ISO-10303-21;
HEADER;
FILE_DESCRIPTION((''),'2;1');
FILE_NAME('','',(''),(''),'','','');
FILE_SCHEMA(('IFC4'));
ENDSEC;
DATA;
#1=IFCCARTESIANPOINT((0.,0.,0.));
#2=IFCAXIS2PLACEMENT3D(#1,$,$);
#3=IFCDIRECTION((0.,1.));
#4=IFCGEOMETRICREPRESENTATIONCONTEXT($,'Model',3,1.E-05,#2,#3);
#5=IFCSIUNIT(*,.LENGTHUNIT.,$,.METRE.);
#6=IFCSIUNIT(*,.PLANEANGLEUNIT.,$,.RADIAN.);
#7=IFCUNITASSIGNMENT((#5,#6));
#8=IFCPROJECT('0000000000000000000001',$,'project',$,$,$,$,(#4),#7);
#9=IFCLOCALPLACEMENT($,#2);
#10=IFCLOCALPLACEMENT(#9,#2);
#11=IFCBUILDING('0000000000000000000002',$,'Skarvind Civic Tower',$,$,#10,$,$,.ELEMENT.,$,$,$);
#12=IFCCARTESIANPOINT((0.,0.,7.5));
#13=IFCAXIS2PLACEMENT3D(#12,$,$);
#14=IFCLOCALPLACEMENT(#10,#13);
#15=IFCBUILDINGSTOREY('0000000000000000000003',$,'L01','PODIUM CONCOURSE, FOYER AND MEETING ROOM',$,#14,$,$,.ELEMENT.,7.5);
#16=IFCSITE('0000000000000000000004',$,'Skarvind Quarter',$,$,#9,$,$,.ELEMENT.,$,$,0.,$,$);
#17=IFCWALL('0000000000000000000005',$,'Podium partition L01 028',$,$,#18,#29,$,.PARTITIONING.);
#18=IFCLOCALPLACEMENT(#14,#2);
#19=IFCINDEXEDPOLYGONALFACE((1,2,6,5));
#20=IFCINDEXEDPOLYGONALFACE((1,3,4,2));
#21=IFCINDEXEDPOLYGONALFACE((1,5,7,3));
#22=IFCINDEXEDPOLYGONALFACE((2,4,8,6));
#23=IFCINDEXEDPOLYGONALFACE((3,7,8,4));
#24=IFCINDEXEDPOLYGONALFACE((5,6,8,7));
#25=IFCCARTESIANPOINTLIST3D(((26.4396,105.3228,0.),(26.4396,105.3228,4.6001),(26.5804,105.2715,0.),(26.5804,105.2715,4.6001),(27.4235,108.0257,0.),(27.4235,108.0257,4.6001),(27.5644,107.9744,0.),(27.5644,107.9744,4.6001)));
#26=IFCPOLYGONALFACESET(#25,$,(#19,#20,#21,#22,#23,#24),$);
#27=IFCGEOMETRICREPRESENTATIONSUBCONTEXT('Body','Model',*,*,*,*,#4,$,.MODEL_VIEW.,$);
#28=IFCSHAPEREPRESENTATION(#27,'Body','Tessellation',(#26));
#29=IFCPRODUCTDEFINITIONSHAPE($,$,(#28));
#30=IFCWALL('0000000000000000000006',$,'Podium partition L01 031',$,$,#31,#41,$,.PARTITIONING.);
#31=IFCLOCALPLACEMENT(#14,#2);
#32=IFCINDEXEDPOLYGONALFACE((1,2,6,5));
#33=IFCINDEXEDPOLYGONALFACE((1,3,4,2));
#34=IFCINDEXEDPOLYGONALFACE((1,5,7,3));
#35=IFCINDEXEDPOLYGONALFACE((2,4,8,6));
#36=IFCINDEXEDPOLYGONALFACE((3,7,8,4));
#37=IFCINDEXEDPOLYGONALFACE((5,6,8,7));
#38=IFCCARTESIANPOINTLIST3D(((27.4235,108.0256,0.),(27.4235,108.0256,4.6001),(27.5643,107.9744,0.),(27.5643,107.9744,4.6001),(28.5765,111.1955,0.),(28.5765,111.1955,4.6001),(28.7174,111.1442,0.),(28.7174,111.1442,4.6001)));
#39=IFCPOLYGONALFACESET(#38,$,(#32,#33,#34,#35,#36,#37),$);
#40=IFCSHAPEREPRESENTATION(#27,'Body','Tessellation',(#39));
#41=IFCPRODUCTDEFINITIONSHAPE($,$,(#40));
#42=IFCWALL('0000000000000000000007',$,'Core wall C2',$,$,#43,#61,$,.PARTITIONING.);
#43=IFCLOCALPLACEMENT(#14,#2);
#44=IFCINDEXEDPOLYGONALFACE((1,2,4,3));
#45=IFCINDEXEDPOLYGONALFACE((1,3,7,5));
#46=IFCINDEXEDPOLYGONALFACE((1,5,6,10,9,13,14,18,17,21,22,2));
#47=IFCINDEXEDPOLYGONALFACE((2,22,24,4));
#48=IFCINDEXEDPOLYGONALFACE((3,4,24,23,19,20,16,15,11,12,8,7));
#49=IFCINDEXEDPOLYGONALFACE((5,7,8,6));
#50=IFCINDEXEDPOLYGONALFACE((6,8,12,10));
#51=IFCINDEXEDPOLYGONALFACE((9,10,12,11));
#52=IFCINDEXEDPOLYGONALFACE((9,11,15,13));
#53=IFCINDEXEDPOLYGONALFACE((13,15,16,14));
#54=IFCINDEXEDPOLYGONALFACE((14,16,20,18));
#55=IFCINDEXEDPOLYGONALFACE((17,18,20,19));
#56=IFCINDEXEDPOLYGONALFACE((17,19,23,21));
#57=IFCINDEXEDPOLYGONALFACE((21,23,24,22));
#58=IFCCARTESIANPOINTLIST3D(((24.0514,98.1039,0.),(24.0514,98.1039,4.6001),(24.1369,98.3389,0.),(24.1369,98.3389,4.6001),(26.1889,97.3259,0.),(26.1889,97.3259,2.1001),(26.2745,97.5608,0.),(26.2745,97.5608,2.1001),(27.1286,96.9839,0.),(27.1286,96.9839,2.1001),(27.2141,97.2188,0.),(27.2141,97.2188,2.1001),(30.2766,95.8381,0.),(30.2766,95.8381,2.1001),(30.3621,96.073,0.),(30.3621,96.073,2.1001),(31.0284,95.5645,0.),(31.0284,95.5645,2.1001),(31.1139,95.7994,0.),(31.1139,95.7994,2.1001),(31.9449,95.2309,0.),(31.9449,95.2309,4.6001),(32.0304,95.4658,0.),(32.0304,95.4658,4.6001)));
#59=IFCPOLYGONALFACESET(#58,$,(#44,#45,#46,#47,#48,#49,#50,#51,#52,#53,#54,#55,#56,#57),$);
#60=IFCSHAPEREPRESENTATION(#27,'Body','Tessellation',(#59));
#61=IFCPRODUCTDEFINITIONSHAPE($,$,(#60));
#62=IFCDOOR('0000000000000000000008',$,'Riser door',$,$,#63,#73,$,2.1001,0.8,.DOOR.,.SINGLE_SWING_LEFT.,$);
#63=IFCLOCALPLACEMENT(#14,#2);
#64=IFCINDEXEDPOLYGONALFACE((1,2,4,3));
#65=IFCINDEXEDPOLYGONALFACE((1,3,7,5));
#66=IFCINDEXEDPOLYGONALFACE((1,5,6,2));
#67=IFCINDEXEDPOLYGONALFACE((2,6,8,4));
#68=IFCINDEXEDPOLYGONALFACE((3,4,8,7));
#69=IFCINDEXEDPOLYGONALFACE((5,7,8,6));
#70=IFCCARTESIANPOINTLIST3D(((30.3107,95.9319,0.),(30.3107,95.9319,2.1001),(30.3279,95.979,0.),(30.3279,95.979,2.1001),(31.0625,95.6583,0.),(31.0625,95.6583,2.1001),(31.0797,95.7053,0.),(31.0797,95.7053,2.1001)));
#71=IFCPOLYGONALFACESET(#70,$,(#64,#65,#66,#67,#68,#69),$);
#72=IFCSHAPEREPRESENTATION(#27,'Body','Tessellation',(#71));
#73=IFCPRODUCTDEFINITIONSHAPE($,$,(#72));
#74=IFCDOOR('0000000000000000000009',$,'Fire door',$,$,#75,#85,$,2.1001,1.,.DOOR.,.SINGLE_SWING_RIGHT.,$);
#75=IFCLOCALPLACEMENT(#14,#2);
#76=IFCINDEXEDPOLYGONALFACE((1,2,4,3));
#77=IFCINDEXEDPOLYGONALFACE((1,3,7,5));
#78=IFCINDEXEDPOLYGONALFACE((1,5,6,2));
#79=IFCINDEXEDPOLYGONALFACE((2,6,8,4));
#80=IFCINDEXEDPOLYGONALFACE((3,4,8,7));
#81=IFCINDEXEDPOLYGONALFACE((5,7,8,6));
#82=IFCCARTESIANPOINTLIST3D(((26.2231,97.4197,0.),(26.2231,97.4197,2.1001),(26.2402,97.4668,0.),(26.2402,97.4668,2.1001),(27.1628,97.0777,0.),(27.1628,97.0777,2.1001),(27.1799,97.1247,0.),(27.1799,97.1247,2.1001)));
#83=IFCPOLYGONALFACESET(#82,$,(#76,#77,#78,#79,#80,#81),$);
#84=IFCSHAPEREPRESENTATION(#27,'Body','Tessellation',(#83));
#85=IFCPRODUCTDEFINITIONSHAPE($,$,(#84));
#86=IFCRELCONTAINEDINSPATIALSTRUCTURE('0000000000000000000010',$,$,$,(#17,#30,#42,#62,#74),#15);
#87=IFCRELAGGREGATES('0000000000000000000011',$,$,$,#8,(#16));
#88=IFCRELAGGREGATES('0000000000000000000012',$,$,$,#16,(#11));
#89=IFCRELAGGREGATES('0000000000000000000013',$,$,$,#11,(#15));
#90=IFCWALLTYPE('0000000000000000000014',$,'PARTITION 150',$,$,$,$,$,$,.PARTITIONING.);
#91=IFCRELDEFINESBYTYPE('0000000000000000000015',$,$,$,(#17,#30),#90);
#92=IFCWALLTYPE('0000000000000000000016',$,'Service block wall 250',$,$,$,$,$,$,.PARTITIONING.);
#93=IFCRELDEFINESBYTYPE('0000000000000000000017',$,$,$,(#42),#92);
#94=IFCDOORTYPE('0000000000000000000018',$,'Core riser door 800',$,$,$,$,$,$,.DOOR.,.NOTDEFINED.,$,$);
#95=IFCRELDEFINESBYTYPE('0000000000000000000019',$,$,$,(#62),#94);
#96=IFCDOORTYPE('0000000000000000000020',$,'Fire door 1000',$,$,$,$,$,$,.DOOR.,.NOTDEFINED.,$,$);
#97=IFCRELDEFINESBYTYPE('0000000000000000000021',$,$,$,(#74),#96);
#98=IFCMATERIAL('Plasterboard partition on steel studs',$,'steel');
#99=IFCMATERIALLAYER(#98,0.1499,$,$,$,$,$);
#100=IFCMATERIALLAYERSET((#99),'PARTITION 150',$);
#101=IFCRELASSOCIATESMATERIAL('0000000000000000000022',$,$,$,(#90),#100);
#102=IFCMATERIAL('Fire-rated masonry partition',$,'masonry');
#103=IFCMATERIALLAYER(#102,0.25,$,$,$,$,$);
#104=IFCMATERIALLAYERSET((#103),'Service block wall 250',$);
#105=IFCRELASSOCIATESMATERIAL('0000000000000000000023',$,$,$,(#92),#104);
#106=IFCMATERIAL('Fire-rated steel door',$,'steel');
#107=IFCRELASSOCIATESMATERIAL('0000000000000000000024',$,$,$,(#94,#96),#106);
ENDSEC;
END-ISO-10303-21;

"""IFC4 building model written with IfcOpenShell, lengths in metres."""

from ifc_helpers import new_model, si_unit, direction, frame, frame_2d, origin, place, context, subcontext, project, spatial, rectangle, extrude, material, layer, layer_set, type_object, element, fill, save


model = new_model("IFC4")

# Units and contexts
model_context = context("Model", 3, precision=1e-05, world=origin(), true_north=direction((0.0, 1.0)))
body_context = subcontext(model_context, "Body", "Model", "MODEL_VIEW")
ifc_project = project(units=[si_unit("LENGTHUNIT", "METRE"), si_unit("PLANEANGLEUNIT", "RADIAN")], contexts=[model_context])

# Site, building, storey
site_placement = place(None, origin())
site = spatial("IfcSite", under=ifc_project, at=site_placement, Name="Skarvind Quarter", CompositionType="ELEMENT", RefElevation=0.0)
building_placement = place(site_placement, origin())
building = spatial("IfcBuilding", under=site, at=building_placement, Name="Skarvind Civic Tower", CompositionType="ELEMENT")
storey_placement = place(building_placement, frame((0.0, 0.0, 7.5)))
storey = spatial("IfcBuildingStorey", under=building, at=storey_placement, Name="L01", Description="PODIUM CONCOURSE, FOYER AND MEETING ROOM", CompositionType="ELEMENT", Elevation=7.5)

# Shared definitions
ifc_material_1 = material(Name="Fire-rated masonry partition", Category="masonry")
ifc_material_2 = material(Name="Fire-rated steel door", Category="steel")

# Shared definitions
ifc_material_3 = material(Name="Plasterboard partition on steel studs", Category="steel")
ifc_layer_1 = layer(ifc_material_3, 0.1499)
ifc_layer_set_1 = layer_set([ifc_layer_1], Name="PARTITION 150")
wall_type_1 = type_object("IfcWallType", Name="PARTITION 150", PredefinedType="PARTITIONING", material=ifc_layer_set_1)

# Walls
wall_1_placement = place(storey_placement, frame((26.51, 105.2971, 0.0), z_axis=(0.0, 0.0, 1.0), x_axis=(0.342057, 0.939679, 0.0)))
element("IfcWall", 1, at=wall_1_placement, inside=storey, type_object=wall_type_1, Name="Podium partition L01 028", PredefinedType="PARTITIONING", context=body_context, shape_type="SweptSolid", body=[
    extrude(rectangle(XDim=2.8765, YDim=0.1499, at=frame_2d((1.4382, 0.0))), origin(), (0.0, 0.0, 1.0), 4.6001),
])
wall_2_placement = place(storey_placement, frame((27.4939, 108.0, 0.0), z_axis=(0.0, 0.0, 1.0), x_axis=(0.341842, 0.939757, 0.0)))
element("IfcWall", 2, at=wall_2_placement, inside=storey, type_object=wall_type_1, Name="Podium partition L01 031", PredefinedType="PARTITIONING", context=body_context, shape_type="SweptSolid", body=[
    extrude(rectangle(XDim=3.373, YDim=0.1499, at=frame_2d((1.6865, 0.0))), origin(), (0.0, 0.0, 1.0), 4.6001),
])

# Wall, openings, doors
ifc_layer_2 = layer(ifc_material_1, 0.25)
ifc_layer_set_2 = layer_set([ifc_layer_2], Name="Service block wall 250")
wall_type_2 = type_object("IfcWallType", Name="Service block wall 250", PredefinedType="PARTITIONING", material=ifc_layer_set_2)
wall_3_placement = place(storey_placement, frame((24.094, 98.2214, 0.0), z_axis=(0.0, 0.0, 1.0), x_axis=(0.939692, -0.342023, 0.0)))
wall_3 = element("IfcWall", 3, at=wall_3_placement, inside=storey, type_object=wall_type_2, Name="Core wall C2", PredefinedType="PARTITIONING", context=body_context, shape_type="SweptSolid", body=[
    extrude(rectangle(XDim=8.4001, YDim=0.25, at=frame_2d((4.2002, 0.0))), origin(), (0.0, 0.0, 1.0), 4.6001),
])
opening_1_placement = place(wall_3_placement, frame((6.625, 0.0, 0.0)))
opening_1 = element("IfcOpeningElement", 4, at=opening_1_placement, cuts=wall_3, PredefinedType="OPENING", context=body_context, shape_type="SweptSolid", body=[
    extrude(rectangle(XDim=0.8, YDim=2.1001, at=frame_2d((0.3999, 1.05))), frame((0.0, 0.135, 0.0), z_axis=(0.0, -1.0, 0.0), x_axis=(1.0, 0.0, 0.0)), (0.0, 0.0, 1.0), 0.27),
])
opening_2_placement = place(wall_3_placement, frame((2.2749, 0.0, 0.0)))
opening_2 = element("IfcOpeningElement", 5, at=opening_2_placement, cuts=wall_3, PredefinedType="OPENING", context=body_context, shape_type="SweptSolid", body=[
    extrude(rectangle(XDim=1.0, YDim=2.1001, at=frame_2d((0.5, 1.05))), frame((0.0, 0.135, 0.0), z_axis=(0.0, -1.0, 0.0), x_axis=(1.0, 0.0, 0.0)), (0.0, 0.0, 1.0), 0.27),
])
door_type_1 = type_object("IfcDoorType", Name="Core riser door 800", OperationType="NOTDEFINED", PredefinedType="DOOR", material=ifc_material_2)
door_1_placement = place(opening_1_placement, origin())
door_1 = element("IfcDoor", 6, at=door_1_placement, inside=storey, type_object=door_type_1, Name="Riser door", OperationType="SINGLE_SWING_LEFT", OverallHeight=2.1001, OverallWidth=0.8, PredefinedType="DOOR", context=body_context, shape_type="SweptSolid", body=[
    extrude(rectangle(XDim=0.8, YDim=2.1001, at=frame_2d((0.3999, 1.05))), frame((0.0, 0.0249, 0.0), z_axis=(0.0, -1.0, 0.0), x_axis=(1.0, 0.0, 0.0)), (0.0, 0.0, 1.0), 0.05),
])
fill(opening_1, door_1)
door_type_2 = type_object("IfcDoorType", Name="Fire door 1000", OperationType="NOTDEFINED", PredefinedType="DOOR", material=ifc_material_2)
door_2_placement = place(opening_2_placement, origin())
door_2 = element("IfcDoor", 7, at=door_2_placement, inside=storey, type_object=door_type_2, Name="Fire door", OperationType="SINGLE_SWING_RIGHT", OverallHeight=2.1001, OverallWidth=1.0, PredefinedType="DOOR", context=body_context, shape_type="SweptSolid", body=[
    extrude(rectangle(XDim=1.0, YDim=2.1001, at=frame_2d((0.5, 1.05))), frame((0.0, 0.0249, 0.0), z_axis=(0.0, -1.0, 0.0), x_axis=(1.0, 0.0, 0.0)), (0.0, 0.0, 1.0), 0.05),
])
fill(opening_2, door_2)

save(model, "model.ifc")
